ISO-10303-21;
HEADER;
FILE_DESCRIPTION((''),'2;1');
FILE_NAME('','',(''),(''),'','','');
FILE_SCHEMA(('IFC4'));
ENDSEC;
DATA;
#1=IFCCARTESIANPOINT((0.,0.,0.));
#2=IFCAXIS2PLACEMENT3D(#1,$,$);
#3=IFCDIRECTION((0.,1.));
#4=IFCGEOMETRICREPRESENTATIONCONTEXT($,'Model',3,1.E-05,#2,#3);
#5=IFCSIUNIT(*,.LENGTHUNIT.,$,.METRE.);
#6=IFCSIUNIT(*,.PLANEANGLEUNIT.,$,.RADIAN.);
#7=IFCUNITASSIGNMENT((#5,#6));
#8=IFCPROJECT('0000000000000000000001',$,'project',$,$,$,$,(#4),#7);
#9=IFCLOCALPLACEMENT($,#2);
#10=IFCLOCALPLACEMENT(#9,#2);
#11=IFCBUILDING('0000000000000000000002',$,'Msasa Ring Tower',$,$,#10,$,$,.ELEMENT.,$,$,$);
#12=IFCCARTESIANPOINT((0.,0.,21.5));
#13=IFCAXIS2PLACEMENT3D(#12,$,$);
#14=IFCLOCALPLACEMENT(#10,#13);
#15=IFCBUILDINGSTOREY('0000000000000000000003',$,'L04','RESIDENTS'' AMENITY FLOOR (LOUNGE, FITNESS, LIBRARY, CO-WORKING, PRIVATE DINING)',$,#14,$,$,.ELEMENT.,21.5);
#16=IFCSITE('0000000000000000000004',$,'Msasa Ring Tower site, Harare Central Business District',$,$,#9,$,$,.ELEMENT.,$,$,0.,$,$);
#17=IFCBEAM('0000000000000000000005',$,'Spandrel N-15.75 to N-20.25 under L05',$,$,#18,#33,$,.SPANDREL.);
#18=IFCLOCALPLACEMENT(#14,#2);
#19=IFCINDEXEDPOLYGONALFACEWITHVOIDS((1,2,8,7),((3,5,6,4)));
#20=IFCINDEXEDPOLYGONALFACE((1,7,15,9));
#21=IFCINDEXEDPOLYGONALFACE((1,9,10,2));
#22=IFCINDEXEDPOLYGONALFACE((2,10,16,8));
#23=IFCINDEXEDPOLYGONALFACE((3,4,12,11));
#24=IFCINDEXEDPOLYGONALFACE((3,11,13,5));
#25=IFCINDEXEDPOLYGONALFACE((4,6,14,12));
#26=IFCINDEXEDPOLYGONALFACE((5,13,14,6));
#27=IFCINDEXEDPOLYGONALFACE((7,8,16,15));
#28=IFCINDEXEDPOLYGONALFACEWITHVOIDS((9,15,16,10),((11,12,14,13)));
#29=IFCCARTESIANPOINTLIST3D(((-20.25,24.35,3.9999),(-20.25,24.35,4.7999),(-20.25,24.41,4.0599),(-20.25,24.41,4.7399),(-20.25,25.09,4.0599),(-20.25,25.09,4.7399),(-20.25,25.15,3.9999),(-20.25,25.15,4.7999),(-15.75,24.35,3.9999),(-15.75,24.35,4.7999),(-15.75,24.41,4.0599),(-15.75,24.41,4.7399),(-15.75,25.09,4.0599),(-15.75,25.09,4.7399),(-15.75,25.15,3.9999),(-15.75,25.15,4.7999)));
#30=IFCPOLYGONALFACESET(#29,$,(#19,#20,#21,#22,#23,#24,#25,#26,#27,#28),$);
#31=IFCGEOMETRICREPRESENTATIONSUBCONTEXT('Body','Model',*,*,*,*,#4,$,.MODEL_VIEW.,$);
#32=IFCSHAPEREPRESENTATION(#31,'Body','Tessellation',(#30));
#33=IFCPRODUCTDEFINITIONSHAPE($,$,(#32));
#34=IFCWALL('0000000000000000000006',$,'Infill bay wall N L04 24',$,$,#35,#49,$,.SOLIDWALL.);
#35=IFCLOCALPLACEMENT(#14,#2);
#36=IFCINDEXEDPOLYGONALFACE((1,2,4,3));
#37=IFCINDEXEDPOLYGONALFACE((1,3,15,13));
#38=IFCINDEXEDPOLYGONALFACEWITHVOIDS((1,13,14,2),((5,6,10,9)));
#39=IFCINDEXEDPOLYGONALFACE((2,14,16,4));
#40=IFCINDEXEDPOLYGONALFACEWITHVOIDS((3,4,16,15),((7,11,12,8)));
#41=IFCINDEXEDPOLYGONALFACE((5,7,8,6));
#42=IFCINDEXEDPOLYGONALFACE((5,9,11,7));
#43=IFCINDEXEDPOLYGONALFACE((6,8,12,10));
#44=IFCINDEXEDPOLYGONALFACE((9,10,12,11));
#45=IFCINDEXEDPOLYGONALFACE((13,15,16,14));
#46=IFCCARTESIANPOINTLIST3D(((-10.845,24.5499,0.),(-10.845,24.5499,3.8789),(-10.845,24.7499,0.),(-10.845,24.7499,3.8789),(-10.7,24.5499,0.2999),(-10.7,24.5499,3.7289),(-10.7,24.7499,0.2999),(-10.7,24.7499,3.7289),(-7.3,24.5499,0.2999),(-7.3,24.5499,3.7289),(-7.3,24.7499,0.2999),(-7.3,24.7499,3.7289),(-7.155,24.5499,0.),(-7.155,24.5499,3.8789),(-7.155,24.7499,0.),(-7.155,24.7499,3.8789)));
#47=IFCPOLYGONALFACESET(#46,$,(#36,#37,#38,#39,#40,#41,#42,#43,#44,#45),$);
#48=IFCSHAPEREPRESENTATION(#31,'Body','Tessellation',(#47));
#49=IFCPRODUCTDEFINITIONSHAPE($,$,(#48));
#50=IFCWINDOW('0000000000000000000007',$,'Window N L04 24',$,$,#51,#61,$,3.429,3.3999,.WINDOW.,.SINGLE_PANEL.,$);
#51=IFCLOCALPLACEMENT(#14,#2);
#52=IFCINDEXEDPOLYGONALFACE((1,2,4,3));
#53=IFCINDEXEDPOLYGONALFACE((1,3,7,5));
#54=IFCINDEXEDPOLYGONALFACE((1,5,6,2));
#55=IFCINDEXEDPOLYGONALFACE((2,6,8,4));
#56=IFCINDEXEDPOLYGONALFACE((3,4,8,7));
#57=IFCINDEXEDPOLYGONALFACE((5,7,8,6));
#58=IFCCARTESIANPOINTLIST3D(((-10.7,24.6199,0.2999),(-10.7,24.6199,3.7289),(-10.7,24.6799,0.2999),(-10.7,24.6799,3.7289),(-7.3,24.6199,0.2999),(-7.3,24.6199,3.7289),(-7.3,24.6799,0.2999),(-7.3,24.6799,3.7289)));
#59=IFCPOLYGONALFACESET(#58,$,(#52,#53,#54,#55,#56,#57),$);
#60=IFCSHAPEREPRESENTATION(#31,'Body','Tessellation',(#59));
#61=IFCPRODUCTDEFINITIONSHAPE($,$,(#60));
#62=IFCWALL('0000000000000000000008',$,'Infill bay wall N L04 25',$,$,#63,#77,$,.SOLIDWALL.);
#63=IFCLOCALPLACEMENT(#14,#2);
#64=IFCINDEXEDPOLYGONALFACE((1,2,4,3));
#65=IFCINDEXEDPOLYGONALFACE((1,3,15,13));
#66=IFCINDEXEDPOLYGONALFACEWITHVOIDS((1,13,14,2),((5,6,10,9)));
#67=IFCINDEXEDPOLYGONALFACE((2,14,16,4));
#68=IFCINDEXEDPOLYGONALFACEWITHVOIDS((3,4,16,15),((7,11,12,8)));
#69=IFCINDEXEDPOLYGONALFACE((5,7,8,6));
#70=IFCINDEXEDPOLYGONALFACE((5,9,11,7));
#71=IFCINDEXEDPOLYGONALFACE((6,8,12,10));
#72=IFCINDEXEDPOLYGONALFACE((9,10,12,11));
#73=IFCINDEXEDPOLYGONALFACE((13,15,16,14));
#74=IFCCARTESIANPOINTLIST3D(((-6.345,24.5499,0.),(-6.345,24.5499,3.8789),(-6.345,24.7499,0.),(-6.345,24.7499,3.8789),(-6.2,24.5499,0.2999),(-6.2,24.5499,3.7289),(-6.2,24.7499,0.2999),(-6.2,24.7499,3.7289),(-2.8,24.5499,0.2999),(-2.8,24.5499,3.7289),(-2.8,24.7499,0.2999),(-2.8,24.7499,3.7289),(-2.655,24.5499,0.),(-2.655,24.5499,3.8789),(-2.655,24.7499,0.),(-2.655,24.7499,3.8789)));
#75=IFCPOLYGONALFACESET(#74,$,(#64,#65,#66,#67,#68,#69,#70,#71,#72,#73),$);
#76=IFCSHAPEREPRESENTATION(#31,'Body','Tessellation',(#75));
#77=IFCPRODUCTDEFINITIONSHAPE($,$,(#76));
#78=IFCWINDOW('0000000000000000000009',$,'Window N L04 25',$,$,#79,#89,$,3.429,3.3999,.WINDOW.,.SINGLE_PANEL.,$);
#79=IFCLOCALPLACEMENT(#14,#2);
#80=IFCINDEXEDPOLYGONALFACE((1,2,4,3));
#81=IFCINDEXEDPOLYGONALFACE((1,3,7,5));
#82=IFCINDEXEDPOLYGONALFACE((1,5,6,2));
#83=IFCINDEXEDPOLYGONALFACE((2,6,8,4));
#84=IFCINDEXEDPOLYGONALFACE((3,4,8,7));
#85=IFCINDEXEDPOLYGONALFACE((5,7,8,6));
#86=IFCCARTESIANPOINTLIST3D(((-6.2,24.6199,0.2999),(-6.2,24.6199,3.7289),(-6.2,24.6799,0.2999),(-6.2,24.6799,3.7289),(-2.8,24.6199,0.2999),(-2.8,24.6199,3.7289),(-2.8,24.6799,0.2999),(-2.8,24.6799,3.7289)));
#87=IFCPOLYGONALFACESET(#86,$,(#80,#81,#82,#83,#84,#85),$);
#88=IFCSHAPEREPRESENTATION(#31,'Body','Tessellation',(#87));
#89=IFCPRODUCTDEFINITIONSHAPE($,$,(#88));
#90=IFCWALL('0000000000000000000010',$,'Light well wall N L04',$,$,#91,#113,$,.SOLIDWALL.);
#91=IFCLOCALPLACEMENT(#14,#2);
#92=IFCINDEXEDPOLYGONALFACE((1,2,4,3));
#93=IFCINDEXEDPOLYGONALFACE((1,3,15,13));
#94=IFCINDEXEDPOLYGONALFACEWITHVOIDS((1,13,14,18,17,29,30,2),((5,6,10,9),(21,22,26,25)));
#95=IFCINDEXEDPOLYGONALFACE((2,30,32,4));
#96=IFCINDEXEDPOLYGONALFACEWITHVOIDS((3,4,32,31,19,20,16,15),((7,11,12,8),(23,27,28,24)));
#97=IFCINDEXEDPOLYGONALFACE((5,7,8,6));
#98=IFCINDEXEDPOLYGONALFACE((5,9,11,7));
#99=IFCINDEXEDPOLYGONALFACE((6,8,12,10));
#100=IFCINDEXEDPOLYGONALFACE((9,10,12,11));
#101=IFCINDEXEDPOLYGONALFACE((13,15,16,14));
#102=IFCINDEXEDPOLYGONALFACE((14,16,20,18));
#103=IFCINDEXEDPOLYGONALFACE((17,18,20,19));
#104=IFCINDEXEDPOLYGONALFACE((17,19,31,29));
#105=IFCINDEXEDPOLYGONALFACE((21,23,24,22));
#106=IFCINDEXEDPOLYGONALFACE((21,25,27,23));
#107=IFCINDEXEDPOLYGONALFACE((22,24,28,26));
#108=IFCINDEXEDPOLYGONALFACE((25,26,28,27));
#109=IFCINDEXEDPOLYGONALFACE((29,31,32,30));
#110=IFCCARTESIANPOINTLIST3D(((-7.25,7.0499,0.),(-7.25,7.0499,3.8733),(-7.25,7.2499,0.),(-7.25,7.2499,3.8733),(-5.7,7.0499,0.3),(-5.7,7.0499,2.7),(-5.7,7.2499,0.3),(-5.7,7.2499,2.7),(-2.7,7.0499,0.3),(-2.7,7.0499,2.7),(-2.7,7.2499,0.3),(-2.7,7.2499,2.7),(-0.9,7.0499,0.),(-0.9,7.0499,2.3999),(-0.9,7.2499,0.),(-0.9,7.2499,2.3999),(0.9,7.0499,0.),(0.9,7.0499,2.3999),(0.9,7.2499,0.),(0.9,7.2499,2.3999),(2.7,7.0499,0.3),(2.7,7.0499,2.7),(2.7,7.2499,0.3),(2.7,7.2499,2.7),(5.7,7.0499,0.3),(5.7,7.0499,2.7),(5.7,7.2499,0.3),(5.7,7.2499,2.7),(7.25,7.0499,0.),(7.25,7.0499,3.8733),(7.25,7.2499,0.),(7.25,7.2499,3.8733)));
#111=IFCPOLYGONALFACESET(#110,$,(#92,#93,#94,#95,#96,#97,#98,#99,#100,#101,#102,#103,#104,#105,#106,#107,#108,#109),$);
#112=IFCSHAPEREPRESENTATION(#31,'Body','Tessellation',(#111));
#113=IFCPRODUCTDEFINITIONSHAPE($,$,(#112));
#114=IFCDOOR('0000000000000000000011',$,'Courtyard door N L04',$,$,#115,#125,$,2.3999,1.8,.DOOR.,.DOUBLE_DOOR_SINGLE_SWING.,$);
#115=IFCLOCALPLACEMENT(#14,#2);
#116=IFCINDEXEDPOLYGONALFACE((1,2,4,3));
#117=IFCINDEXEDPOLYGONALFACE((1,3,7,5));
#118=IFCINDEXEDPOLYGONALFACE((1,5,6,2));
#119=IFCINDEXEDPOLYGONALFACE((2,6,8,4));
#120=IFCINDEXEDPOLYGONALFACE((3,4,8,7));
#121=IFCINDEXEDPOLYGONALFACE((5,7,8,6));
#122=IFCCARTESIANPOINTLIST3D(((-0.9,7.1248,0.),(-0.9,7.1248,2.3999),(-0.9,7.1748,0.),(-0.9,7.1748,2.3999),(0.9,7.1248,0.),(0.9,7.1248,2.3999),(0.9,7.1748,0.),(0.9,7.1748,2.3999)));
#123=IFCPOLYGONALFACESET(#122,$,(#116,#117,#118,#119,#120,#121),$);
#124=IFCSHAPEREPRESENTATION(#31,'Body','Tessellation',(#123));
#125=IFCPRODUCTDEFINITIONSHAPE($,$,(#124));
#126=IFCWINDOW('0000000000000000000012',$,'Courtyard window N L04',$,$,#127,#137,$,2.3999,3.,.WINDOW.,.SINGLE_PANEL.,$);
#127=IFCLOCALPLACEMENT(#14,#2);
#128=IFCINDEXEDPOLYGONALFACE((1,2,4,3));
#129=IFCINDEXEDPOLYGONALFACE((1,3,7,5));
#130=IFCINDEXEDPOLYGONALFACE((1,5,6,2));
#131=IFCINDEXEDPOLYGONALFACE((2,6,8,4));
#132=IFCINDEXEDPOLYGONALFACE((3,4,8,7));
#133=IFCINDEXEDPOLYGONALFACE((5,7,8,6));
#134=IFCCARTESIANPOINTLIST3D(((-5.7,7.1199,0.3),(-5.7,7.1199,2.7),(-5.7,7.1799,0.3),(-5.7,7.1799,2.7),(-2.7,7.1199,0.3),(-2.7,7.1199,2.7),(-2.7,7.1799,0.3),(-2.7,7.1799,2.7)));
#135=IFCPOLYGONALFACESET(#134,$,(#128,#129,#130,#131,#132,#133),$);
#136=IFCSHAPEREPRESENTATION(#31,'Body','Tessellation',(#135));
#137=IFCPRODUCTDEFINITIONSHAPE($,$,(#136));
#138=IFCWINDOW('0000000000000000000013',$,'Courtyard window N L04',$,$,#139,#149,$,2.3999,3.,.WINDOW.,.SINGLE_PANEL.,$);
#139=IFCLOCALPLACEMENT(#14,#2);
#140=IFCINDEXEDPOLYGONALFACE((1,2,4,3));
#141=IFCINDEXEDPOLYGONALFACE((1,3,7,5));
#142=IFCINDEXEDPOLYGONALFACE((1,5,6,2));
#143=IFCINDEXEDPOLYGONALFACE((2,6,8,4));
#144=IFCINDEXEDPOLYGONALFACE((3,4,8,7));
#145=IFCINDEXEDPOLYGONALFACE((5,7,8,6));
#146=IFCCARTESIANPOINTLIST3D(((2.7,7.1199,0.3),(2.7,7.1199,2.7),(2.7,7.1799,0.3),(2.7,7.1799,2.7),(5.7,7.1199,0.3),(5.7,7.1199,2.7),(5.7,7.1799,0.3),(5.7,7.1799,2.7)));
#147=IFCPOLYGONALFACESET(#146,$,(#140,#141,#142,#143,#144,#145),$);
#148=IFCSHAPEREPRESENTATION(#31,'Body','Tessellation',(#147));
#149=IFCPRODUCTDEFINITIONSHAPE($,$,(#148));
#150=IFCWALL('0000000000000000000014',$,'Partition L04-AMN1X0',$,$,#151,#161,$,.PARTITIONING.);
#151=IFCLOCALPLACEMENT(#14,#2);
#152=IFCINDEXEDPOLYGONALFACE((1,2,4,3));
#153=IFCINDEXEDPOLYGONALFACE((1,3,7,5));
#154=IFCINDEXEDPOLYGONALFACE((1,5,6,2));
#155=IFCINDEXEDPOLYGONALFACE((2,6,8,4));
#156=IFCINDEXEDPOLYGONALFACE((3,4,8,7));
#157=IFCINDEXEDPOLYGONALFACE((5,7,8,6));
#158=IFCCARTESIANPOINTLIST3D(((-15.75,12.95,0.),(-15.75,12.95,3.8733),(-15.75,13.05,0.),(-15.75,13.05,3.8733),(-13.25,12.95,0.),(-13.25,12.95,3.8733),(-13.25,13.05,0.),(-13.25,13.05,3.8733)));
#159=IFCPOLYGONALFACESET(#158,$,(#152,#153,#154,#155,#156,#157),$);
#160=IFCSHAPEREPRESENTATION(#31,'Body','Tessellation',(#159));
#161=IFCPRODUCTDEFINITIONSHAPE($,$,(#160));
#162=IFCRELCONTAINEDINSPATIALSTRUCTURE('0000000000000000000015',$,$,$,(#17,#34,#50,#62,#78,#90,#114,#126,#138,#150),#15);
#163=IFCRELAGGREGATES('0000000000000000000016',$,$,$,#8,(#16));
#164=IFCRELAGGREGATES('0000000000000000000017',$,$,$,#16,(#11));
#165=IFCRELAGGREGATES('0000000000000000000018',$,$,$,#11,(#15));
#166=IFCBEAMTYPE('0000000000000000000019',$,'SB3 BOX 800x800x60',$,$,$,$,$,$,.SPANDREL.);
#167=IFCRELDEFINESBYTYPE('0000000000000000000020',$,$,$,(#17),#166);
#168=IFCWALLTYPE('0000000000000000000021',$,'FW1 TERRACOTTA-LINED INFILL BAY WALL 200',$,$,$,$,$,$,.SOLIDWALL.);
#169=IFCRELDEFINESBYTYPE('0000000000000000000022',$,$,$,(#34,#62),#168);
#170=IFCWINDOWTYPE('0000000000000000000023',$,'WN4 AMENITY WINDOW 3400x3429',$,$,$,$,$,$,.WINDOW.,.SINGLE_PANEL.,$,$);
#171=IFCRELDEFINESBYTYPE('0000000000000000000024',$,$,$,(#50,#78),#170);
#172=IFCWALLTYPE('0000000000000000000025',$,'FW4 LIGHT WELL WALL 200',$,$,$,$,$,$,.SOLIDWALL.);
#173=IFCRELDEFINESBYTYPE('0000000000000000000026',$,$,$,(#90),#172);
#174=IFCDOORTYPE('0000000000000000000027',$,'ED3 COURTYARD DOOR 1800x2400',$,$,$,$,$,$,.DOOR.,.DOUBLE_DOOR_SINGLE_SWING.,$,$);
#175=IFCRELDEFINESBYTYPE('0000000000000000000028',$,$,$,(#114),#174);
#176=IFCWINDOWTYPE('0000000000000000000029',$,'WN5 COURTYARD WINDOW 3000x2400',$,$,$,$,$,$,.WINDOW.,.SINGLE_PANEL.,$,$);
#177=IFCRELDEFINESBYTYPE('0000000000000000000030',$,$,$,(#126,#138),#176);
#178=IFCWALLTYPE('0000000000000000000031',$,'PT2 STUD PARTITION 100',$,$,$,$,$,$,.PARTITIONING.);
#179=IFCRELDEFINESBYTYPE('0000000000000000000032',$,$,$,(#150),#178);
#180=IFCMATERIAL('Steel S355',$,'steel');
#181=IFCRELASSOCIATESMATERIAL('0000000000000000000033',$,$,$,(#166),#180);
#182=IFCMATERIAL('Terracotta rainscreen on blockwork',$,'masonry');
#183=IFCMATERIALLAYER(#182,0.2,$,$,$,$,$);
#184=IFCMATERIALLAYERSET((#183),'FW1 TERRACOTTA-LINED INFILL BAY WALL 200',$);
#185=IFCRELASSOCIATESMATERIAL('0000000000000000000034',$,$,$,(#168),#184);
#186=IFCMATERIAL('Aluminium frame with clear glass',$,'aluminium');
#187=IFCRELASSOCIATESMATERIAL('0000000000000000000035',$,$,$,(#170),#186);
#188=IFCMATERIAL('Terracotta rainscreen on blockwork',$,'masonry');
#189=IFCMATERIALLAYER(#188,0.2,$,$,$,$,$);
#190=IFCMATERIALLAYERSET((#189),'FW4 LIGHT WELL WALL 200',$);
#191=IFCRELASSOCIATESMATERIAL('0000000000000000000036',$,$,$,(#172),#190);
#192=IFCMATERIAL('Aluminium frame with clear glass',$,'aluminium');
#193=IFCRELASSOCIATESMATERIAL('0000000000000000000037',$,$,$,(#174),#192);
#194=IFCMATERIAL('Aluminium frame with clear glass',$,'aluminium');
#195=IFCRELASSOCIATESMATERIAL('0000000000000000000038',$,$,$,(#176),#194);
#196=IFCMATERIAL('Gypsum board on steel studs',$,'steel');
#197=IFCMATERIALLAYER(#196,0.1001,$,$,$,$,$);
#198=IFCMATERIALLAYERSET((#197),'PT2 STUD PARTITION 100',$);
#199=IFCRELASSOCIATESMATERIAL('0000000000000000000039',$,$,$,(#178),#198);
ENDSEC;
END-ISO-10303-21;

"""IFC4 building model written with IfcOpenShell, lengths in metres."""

from ifc_helpers import new_model, si_unit, direction, frame, frame_2d, origin, origin_2d, place, context, subcontext, project, spatial, rectangle, hollow_rectangle, extrude, material, layer, layer_set, material_profile, profile_set, type_object, element, fill, save


model = new_model("IFC4")

# Units and contexts
model_context = context("Model", 3, precision=1e-05, world=origin(), true_north=direction((0.0, 1.0)))
body_context = subcontext(model_context, "Body", "Model", "MODEL_VIEW")
ifc_project = project(units=[si_unit("LENGTHUNIT", "METRE"), si_unit("PLANEANGLEUNIT", "RADIAN")], contexts=[model_context])

# Site, building, storey
site_placement = place(None, origin())
site = spatial("IfcSite", under=ifc_project, at=site_placement, Name="Msasa Ring Tower site, Harare Central Business District", CompositionType="ELEMENT", RefElevation=0.0)
building_placement = place(site_placement, origin())
building = spatial("IfcBuilding", under=site, at=building_placement, Name="Msasa Ring Tower", CompositionType="ELEMENT")
storey_placement = place(building_placement, frame((0.0, 0.0, 21.5)))
storey = spatial("IfcBuildingStorey", under=building, at=storey_placement, Name="L04", Description="RESIDENTS' AMENITY FLOOR (LOUNGE, FITNESS, LIBRARY, CO-WORKING, PRIVATE DINING)", CompositionType="ELEMENT", Elevation=21.5)

# Beam
ifc_material_1 = material(Name="Steel S355", Category="steel")
ifc_material_profile_1 = material_profile(ifc_material_1, hollow_rectangle(XDim=0.8, YDim=0.8, WallThickness=0.0601, at=origin_2d()), Name="BOX 800x800x60")
ifc_profile_set_1 = profile_set([ifc_material_profile_1], Name="Steel S355")
beam_type_1 = type_object("IfcBeamType", Name="SB3 BOX 800x800x60", PredefinedType="SPANDREL", material=ifc_profile_set_1)
for number, where, z_axis, x_axis, name in (
    (1, (-15.75, 24.75, 4.3999), (-1.0, 0.0, 0.0), (0.0, -1.0, 0.0), "Spandrel N-15.75 to N-20.25 under L05"),
):
    element("IfcBeam", number, at=place(storey_placement, frame(where, z_axis=z_axis, x_axis=x_axis)), inside=storey, type_object=beam_type_1, Name=name, PredefinedType="SPANDREL", context=body_context, shape_type="SweptSolid", body=[
        extrude(hollow_rectangle(XDim=0.8, YDim=0.8, WallThickness=0.0601, at=origin_2d()), origin(), (0.0, 0.0, 1.0), 4.5),
    ])

# Shared definitions
ifc_material_2 = material(Name="Terracotta rainscreen on blockwork", Category="masonry")
ifc_layer_1 = layer(ifc_material_2, 0.2)
ifc_layer_set_1 = layer_set([ifc_layer_1], Name="FW1 TERRACOTTA-LINED INFILL BAY WALL 200")
wall_type_1 = type_object("IfcWallType", Name="FW1 TERRACOTTA-LINED INFILL BAY WALL 200", PredefinedType="SOLIDWALL", material=ifc_layer_set_1)

# Walls, openings, windows
wall_1_placement = place(storey_placement, frame((-10.845, 24.6499, 0.0), z_axis=(0.0, 0.0, 1.0), x_axis=(1.0, 0.0, 0.0)))
wall_1 = element("IfcWall", 2, at=wall_1_placement, inside=storey, type_object=wall_type_1, Name="Infill bay wall N L04 24", PredefinedType="SOLIDWALL", context=body_context, shape_type="SweptSolid", body=[
    extrude(rectangle(XDim=3.6899, YDim=0.2, at=frame_2d((1.845, 0.0))), origin(), (0.0, 0.0, 1.0), 3.8789),
])
opening_1_placement = place(wall_1_placement, frame((0.145, 0.0, 0.3)))
opening_1 = element("IfcOpeningElement", 3, at=opening_1_placement, cuts=wall_1, PredefinedType="OPENING", context=body_context, shape_type="SweptSolid", body=[
    extrude(rectangle(XDim=3.3999, YDim=3.429, at=frame_2d((1.7, 1.7144))), frame((0.0, 0.1099, 0.0), z_axis=(0.0, -1.0, 0.0), x_axis=(1.0, 0.0, 0.0)), (0.0, 0.0, 1.0), 0.22),
])
ifc_material_3 = material(Name="Aluminium frame with clear glass", Category="aluminium")
window_type_1 = type_object("IfcWindowType", Name="WN4 AMENITY WINDOW 3400x3429", PartitioningType="SINGLE_PANEL", PredefinedType="WINDOW", material=ifc_material_3)
window_1_placement = place(opening_1_placement, origin())
window_1 = element("IfcWindow", 4, at=window_1_placement, inside=storey, type_object=window_type_1, Name="Window N L04 24", OverallHeight=3.429, OverallWidth=3.3999, PartitioningType="SINGLE_PANEL", PredefinedType="WINDOW", context=body_context, shape_type="SweptSolid", body=[
    extrude(rectangle(XDim=3.3999, YDim=3.429, at=frame_2d((1.7, 1.7144))), frame((0.0, 0.03, 0.0), z_axis=(0.0, -1.0, 0.0), x_axis=(1.0, 0.0, 0.0)), (0.0, 0.0, 1.0), 0.0601),
])
fill(opening_1, window_1)
wall_2_placement = place(storey_placement, frame((-6.345, 24.6499, 0.0), z_axis=(0.0, 0.0, 1.0), x_axis=(1.0, 0.0, 0.0)))
wall_2 = element("IfcWall", 5, at=wall_2_placement, inside=storey, type_object=wall_type_1, Name="Infill bay wall N L04 25", PredefinedType="SOLIDWALL", context=body_context, shape_type="SweptSolid", body=[
    extrude(rectangle(XDim=3.6899, YDim=0.2, at=frame_2d((1.845, 0.0))), origin(), (0.0, 0.0, 1.0), 3.8789),
])
opening_2_placement = place(wall_2_placement, frame((0.145, 0.0, 0.3)))
opening_2 = element("IfcOpeningElement", 6, at=opening_2_placement, cuts=wall_2, PredefinedType="OPENING", context=body_context, shape_type="SweptSolid", body=[
    extrude(rectangle(XDim=3.3999, YDim=3.429, at=frame_2d((1.7, 1.7144))), frame((0.0, 0.1099, 0.0), z_axis=(0.0, -1.0, 0.0), x_axis=(1.0, 0.0, 0.0)), (0.0, 0.0, 1.0), 0.22),
])
window_2_placement = place(opening_2_placement, origin())
window_2 = element("IfcWindow", 7, at=window_2_placement, inside=storey, type_object=window_type_1, Name="Window N L04 25", OverallHeight=3.429, OverallWidth=3.3999, PartitioningType="SINGLE_PANEL", PredefinedType="WINDOW", context=body_context, shape_type="SweptSolid", body=[
    extrude(rectangle(XDim=3.3999, YDim=3.429, at=frame_2d((1.7, 1.7144))), frame((0.0, 0.03, 0.0), z_axis=(0.0, -1.0, 0.0), x_axis=(1.0, 0.0, 0.0)), (0.0, 0.0, 1.0), 0.0601),
])
fill(opening_2, window_2)

# Wall, openings, door, windows
ifc_material_4 = material(Name="Terracotta rainscreen on blockwork", Category="masonry")
ifc_layer_2 = layer(ifc_material_4, 0.2)
ifc_layer_set_2 = layer_set([ifc_layer_2], Name="FW4 LIGHT WELL WALL 200")
wall_type_2 = type_object("IfcWallType", Name="FW4 LIGHT WELL WALL 200", PredefinedType="SOLIDWALL", material=ifc_layer_set_2)
wall_3_placement = place(storey_placement, frame((-7.25, 7.1499, 0.0), z_axis=(0.0, 0.0, 1.0), x_axis=(1.0, 0.0, 0.0)))
wall_3 = element("IfcWall", 8, at=wall_3_placement, inside=storey, type_object=wall_type_2, Name="Light well wall N L04", PredefinedType="SOLIDWALL", context=body_context, shape_type="SweptSolid", body=[
    extrude(rectangle(XDim=14.5, YDim=0.2, at=frame_2d((7.25, 0.0))), origin(), (0.0, 0.0, 1.0), 3.8733),
])
opening_3_placement = place(wall_3_placement, frame((6.3501, 0.0, 0.0)))
opening_3 = element("IfcOpeningElement", 9, at=opening_3_placement, cuts=wall_3, PredefinedType="OPENING", context=body_context, shape_type="SweptSolid", body=[
    extrude(rectangle(XDim=1.8, YDim=2.3999, at=frame_2d((0.8999, 1.2))), frame((0.0, 0.1099, 0.0), z_axis=(0.0, -1.0, 0.0), x_axis=(1.0, 0.0, 0.0)), (0.0, 0.0, 1.0), 0.22),
])
opening_4_placement = place(wall_3_placement, frame((1.55, 0.0, 0.3)))
opening_4 = element("IfcOpeningElement", 10, at=opening_4_placement, cuts=wall_3, PredefinedType="OPENING", context=body_context, shape_type="SweptSolid", body=[
    extrude(rectangle(XDim=3.0, YDim=2.3999, at=frame_2d((1.5, 1.2))), frame((0.0, 0.1099, 0.0), z_axis=(0.0, -1.0, 0.0), x_axis=(1.0, 0.0, 0.0)), (0.0, 0.0, 1.0), 0.22),
])
opening_5_placement = place(wall_3_placement, frame((9.95, 0.0, 0.3)))
opening_5 = element("IfcOpeningElement", 11, at=opening_5_placement, cuts=wall_3, PredefinedType="OPENING", context=body_context, shape_type="SweptSolid", body=[
    extrude(rectangle(XDim=3.0, YDim=2.3999, at=frame_2d((1.5, 1.2))), frame((0.0, 0.1099, 0.0), z_axis=(0.0, -1.0, 0.0), x_axis=(1.0, 0.0, 0.0)), (0.0, 0.0, 1.0), 0.22),
])
ifc_material_5 = material(Name="Aluminium frame with clear glass", Category="aluminium")
door_type_1 = type_object("IfcDoorType", Name="ED3 COURTYARD DOOR 1800x2400", OperationType="DOUBLE_DOOR_SINGLE_SWING", PredefinedType="DOOR", material=ifc_material_5)
door_1_placement = place(opening_3_placement, origin())
door_1 = element("IfcDoor", 12, at=door_1_placement, inside=storey, type_object=door_type_1, Name="Courtyard door N L04", OperationType="DOUBLE_DOOR_SINGLE_SWING", OverallHeight=2.3999, OverallWidth=1.8, PredefinedType="DOOR", context=body_context, shape_type="SweptSolid", body=[
    extrude(rectangle(XDim=1.8, YDim=2.3999, at=frame_2d((0.8999, 1.2))), frame((0.0, 0.0249, 0.0), z_axis=(0.0, -1.0, 0.0), x_axis=(1.0, 0.0, 0.0)), (0.0, 0.0, 1.0), 0.05),
])
fill(opening_3, door_1)
ifc_material_6 = material(Name="Aluminium frame with clear glass", Category="aluminium")
window_type_2 = type_object("IfcWindowType", Name="WN5 COURTYARD WINDOW 3000x2400", PartitioningType="SINGLE_PANEL", PredefinedType="WINDOW", material=ifc_material_6)
window_3_placement = place(opening_4_placement, origin())
window_3 = element("IfcWindow", 13, at=window_3_placement, inside=storey, type_object=window_type_2, Name="Courtyard window N L04", OverallHeight=2.3999, OverallWidth=3.0, PartitioningType="SINGLE_PANEL", PredefinedType="WINDOW", context=body_context, shape_type="SweptSolid", body=[
    extrude(rectangle(XDim=3.0, YDim=2.3999, at=frame_2d((1.5, 1.2))), frame((0.0, 0.03, 0.0), z_axis=(0.0, -1.0, 0.0), x_axis=(1.0, 0.0, 0.0)), (0.0, 0.0, 1.0), 0.0601),
])
fill(opening_4, window_3)
window_4_placement = place(opening_5_placement, origin())
window_4 = element("IfcWindow", 14, at=window_4_placement, inside=storey, type_object=window_type_2, Name="Courtyard window N L04", OverallHeight=2.3999, OverallWidth=3.0, PartitioningType="SINGLE_PANEL", PredefinedType="WINDOW", context=body_context, shape_type="SweptSolid", body=[
    extrude(rectangle(XDim=3.0, YDim=2.3999, at=frame_2d((1.5, 1.2))), frame((0.0, 0.03, 0.0), z_axis=(0.0, -1.0, 0.0), x_axis=(1.0, 0.0, 0.0)), (0.0, 0.0, 1.0), 0.0601),
])
fill(opening_5, window_4)

# Wall
ifc_material_7 = material(Name="Gypsum board on steel studs", Category="steel")
ifc_layer_3 = layer(ifc_material_7, 0.1001)
ifc_layer_set_3 = layer_set([ifc_layer_3], Name="PT2 STUD PARTITION 100")
wall_type_3 = type_object("IfcWallType", Name="PT2 STUD PARTITION 100", PredefinedType="PARTITIONING", material=ifc_layer_set_3)
wall_4_placement = place(storey_placement, frame((-15.75, 13.0, 0.0), z_axis=(0.0, 0.0, 1.0), x_axis=(1.0, 0.0, 0.0)))
element("IfcWall", 15, at=wall_4_placement, inside=storey, type_object=wall_type_3, Name="Partition L04-AMN1X0", PredefinedType="PARTITIONING", context=body_context, shape_type="SweptSolid", body=[
    extrude(rectangle(XDim=2.5, YDim=0.1001, at=frame_2d((1.25, 0.0))), origin(), (0.0, 0.0, 1.0), 3.8733),
])

save(model, "model.ifc")
